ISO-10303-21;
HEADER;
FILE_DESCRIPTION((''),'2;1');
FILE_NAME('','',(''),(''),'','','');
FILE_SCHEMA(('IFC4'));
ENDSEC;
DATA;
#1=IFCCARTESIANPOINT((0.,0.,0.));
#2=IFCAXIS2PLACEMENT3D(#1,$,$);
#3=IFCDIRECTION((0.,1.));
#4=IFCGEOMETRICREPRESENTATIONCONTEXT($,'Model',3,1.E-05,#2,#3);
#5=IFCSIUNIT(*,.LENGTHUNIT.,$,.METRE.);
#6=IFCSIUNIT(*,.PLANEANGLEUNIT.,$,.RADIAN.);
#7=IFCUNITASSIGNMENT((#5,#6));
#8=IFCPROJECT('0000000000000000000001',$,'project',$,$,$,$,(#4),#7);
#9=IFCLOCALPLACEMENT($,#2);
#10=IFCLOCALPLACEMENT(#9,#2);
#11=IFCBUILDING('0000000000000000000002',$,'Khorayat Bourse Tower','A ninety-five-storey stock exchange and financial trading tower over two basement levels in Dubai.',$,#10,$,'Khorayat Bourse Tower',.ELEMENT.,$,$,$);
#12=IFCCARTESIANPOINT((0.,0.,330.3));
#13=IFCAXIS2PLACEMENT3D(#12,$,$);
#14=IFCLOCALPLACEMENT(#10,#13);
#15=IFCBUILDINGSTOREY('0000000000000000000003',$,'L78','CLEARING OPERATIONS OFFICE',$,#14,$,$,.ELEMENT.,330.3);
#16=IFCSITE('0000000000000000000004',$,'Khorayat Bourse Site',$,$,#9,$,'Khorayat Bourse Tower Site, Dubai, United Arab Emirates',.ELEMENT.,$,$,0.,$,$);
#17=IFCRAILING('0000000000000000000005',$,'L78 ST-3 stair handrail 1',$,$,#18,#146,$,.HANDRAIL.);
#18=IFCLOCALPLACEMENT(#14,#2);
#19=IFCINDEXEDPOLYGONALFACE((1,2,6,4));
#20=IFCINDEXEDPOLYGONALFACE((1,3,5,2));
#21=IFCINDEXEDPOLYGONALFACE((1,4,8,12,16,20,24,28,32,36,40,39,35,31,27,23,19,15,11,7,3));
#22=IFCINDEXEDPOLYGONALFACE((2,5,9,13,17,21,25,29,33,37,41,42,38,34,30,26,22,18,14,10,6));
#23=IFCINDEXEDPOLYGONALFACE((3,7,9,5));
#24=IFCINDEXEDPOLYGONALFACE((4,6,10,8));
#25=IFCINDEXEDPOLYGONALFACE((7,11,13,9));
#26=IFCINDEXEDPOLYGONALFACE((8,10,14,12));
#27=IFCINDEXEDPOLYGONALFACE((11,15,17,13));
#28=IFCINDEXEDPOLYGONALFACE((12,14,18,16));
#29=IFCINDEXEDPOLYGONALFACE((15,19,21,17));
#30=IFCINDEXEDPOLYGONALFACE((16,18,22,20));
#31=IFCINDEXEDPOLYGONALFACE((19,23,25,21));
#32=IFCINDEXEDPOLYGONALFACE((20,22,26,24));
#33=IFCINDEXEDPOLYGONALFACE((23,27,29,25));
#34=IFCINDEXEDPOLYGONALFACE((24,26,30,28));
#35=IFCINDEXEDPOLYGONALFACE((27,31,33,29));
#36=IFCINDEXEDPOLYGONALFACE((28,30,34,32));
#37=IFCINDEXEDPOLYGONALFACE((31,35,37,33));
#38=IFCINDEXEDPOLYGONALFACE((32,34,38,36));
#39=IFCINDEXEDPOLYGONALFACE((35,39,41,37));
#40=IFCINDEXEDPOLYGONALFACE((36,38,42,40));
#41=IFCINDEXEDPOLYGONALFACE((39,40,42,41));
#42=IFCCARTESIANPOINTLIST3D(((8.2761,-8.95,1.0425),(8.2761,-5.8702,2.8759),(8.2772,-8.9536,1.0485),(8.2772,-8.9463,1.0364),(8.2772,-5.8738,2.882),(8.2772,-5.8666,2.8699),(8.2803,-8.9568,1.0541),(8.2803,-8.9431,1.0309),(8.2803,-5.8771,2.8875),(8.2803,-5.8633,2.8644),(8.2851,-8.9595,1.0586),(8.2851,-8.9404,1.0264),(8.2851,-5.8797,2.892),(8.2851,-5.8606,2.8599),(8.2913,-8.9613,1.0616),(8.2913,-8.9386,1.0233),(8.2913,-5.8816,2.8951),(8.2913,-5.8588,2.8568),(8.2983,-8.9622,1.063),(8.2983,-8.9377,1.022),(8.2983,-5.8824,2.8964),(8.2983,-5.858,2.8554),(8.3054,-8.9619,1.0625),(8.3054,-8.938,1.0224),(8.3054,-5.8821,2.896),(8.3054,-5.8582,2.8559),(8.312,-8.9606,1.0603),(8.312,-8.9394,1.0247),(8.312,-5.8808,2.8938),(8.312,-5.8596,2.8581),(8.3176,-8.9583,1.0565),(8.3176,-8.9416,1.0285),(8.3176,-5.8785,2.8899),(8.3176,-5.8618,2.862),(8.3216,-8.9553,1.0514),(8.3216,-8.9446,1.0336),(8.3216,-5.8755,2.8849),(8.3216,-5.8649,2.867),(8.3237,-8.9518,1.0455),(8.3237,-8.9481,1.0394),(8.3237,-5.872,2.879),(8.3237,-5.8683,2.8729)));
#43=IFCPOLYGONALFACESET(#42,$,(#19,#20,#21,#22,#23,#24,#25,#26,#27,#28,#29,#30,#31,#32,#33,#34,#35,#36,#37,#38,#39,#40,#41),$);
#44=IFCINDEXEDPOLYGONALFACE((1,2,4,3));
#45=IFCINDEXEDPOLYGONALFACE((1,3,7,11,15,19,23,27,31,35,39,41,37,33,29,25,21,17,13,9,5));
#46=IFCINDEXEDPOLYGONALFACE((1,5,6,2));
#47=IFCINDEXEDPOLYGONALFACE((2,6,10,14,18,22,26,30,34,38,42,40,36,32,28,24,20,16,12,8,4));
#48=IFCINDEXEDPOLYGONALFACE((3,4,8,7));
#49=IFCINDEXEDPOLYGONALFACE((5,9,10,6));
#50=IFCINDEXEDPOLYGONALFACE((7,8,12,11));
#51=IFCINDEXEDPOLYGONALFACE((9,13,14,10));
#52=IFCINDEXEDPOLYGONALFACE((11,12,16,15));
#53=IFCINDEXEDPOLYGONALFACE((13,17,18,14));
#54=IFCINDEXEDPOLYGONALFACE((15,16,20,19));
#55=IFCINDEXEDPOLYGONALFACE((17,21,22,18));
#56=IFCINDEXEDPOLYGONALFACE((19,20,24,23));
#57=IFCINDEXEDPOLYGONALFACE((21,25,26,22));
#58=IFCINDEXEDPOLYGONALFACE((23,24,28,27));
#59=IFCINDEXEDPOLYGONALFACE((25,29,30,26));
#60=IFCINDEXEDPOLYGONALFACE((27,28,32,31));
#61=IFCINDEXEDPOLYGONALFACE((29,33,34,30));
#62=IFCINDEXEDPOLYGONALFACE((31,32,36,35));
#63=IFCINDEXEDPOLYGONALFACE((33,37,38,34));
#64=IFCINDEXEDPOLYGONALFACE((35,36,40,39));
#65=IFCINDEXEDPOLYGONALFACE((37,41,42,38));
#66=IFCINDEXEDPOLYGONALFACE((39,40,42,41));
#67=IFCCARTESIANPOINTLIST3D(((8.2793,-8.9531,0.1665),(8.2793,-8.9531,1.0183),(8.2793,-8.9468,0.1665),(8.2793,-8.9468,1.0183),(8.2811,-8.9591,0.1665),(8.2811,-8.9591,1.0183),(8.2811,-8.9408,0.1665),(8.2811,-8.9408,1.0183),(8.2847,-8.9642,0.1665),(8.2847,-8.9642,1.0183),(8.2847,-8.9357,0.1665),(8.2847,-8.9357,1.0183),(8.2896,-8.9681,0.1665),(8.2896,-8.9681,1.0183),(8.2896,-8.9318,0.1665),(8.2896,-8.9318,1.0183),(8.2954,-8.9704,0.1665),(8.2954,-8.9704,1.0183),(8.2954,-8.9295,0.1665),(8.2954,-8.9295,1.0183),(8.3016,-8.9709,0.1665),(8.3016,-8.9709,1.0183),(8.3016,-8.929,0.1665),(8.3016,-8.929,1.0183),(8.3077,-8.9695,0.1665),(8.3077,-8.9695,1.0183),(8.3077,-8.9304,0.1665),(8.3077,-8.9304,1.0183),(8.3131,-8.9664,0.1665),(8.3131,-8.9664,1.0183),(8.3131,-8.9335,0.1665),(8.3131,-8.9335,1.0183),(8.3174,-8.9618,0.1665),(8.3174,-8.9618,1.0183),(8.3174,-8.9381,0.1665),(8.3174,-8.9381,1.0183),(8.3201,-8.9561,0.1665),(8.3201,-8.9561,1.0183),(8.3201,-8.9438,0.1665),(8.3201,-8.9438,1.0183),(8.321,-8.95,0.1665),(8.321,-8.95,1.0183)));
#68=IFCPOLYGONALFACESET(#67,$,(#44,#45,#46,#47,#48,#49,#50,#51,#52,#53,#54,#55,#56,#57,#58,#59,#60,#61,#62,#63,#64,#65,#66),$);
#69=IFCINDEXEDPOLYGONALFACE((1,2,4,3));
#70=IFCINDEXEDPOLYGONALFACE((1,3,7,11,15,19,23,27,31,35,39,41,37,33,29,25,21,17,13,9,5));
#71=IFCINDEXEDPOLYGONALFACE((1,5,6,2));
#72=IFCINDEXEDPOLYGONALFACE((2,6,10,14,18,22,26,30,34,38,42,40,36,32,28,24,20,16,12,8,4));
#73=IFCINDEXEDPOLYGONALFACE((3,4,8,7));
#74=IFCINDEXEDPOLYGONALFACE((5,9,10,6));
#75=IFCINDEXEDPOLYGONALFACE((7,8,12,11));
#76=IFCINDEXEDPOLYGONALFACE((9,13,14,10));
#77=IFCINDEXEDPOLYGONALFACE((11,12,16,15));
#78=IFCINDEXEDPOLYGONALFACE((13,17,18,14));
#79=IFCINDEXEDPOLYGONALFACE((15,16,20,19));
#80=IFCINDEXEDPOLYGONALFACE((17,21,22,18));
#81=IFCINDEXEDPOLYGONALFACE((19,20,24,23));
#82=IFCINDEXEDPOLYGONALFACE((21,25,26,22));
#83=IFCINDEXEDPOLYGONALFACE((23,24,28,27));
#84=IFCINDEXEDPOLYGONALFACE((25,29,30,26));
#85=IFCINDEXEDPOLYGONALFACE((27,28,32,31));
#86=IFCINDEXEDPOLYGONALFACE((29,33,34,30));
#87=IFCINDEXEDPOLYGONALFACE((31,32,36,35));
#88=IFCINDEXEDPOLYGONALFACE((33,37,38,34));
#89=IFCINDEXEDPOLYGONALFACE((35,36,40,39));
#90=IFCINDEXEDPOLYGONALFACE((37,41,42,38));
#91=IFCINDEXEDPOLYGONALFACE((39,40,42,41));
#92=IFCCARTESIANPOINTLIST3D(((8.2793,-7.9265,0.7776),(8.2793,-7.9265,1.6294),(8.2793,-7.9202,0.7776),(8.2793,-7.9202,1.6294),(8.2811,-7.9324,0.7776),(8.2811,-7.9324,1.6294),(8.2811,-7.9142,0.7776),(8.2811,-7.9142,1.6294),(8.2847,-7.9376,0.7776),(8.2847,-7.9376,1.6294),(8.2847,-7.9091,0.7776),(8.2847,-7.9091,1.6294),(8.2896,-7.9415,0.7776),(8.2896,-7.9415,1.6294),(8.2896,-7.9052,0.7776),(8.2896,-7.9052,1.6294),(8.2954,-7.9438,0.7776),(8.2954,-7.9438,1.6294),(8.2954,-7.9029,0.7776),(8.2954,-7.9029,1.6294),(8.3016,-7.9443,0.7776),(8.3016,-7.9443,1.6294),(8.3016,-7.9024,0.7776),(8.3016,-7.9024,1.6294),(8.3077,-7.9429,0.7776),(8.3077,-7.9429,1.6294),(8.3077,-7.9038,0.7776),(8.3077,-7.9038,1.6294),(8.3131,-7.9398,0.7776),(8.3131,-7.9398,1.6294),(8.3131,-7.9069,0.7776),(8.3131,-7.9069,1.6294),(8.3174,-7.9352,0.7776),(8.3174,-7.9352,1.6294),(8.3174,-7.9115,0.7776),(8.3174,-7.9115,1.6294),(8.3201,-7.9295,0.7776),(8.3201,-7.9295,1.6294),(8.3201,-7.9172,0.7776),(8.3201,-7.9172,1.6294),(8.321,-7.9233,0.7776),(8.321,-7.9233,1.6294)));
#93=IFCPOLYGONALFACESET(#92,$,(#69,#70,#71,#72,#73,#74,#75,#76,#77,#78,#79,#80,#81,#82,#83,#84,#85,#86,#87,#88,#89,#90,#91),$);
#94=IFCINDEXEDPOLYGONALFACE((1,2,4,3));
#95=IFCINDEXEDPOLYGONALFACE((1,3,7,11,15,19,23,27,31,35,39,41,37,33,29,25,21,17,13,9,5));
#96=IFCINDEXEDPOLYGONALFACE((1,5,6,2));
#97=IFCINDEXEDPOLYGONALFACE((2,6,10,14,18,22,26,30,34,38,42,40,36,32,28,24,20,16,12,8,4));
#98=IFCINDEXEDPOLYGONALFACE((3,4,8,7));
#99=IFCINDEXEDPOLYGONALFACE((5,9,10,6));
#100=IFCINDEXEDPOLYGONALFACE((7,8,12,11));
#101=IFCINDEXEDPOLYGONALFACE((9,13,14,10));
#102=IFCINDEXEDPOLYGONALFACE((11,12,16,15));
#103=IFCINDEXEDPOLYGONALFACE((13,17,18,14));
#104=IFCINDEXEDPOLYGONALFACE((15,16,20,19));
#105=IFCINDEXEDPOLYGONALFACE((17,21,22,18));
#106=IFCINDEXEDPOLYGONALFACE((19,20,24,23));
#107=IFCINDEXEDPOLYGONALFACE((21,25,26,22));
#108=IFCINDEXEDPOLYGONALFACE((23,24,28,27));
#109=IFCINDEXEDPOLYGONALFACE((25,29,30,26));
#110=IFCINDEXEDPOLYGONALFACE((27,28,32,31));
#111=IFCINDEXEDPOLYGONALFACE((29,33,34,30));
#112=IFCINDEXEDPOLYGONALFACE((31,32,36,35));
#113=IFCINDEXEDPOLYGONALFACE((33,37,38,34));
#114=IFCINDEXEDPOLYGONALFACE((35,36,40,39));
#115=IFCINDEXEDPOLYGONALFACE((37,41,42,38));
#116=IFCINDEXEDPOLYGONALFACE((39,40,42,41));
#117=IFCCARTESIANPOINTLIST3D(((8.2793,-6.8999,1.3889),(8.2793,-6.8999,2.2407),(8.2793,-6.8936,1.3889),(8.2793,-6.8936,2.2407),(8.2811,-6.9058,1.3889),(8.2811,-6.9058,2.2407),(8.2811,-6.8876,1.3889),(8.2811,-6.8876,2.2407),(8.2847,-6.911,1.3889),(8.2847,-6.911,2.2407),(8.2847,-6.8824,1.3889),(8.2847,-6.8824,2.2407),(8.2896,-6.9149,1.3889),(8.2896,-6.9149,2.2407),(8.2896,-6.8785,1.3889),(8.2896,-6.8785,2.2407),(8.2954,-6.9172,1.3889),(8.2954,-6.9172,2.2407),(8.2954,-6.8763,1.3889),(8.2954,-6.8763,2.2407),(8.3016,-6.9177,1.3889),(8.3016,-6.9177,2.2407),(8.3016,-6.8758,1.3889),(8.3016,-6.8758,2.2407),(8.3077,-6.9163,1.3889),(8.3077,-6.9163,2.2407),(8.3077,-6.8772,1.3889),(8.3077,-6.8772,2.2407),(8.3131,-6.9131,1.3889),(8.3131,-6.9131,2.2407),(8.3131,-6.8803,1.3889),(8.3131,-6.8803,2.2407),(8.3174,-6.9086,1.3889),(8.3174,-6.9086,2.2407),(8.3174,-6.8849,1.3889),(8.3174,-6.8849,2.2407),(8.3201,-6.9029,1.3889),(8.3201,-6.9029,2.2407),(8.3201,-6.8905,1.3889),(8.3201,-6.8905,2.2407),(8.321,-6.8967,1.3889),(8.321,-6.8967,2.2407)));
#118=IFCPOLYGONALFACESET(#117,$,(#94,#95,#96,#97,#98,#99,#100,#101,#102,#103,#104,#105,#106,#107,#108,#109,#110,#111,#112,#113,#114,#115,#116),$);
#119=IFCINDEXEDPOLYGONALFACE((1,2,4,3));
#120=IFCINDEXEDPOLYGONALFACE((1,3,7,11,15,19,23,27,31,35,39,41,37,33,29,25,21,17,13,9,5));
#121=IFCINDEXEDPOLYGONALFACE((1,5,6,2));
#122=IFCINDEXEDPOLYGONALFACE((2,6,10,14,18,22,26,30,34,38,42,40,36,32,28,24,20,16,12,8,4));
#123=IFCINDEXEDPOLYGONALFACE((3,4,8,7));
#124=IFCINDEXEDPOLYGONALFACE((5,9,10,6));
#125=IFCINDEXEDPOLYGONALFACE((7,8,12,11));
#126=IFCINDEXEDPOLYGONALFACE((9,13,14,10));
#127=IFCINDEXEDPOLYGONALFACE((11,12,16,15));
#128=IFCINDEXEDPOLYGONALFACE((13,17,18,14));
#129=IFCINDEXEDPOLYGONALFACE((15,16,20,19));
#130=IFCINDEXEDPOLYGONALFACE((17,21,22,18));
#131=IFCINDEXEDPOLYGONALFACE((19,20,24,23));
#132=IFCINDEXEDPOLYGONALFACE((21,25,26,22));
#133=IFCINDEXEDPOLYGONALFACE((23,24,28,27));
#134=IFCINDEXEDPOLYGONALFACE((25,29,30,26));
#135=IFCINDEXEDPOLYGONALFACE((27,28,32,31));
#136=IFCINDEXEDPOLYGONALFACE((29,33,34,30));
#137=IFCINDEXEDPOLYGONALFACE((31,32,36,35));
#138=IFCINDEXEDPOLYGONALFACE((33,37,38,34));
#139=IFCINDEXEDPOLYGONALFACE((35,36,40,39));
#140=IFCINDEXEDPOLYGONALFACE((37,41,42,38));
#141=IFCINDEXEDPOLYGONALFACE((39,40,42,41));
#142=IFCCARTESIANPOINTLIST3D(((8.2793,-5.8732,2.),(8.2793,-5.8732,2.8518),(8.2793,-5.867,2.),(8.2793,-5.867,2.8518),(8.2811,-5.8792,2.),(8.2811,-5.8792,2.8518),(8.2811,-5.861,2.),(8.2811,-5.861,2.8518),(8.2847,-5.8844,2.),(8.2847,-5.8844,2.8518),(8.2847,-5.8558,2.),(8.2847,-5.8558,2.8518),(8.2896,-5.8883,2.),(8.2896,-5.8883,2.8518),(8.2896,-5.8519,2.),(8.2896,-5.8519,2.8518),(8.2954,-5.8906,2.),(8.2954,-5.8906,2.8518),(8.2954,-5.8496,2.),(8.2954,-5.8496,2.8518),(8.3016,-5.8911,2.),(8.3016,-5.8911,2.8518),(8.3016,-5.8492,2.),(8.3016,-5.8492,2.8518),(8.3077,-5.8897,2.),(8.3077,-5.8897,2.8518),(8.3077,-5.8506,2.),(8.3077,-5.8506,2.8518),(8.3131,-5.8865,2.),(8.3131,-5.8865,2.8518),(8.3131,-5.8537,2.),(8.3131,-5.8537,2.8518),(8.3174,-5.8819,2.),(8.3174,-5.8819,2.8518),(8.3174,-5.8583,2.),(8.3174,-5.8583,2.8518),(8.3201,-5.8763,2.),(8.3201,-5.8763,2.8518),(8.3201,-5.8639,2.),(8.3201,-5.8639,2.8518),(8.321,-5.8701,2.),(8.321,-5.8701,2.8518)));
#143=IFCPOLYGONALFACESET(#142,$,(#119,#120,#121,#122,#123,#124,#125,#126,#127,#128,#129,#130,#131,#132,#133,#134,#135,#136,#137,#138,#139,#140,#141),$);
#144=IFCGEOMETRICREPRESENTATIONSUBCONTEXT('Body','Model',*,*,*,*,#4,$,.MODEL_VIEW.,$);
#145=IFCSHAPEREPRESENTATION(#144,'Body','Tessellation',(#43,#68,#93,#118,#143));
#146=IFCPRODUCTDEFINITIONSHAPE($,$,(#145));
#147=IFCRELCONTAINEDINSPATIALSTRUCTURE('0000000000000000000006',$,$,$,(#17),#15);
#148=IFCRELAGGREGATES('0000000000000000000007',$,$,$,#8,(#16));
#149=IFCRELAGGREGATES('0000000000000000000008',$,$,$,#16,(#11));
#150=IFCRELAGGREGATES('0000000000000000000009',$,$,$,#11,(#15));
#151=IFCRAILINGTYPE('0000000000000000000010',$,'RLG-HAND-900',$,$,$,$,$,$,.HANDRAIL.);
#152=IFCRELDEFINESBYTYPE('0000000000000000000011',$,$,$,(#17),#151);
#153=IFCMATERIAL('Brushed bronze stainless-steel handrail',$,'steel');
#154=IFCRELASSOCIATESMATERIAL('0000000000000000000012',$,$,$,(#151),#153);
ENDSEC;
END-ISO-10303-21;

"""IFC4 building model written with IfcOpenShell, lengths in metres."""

from ifc_helpers import new_model, si_unit, direction, frame, origin, origin_2d, place, context, subcontext, project, spatial, circle, extrude, source, transform, mapped, material, type_object, element, save


model = new_model("IFC4")

# Units and contexts
model_context = context("Model", 3, precision=1e-05, world=origin(), true_north=direction((0.0, 1.0)))
body_context = subcontext(model_context, "Body", "Model", "MODEL_VIEW")
ifc_project = project(units=[si_unit("LENGTHUNIT", "METRE"), si_unit("PLANEANGLEUNIT", "RADIAN")], contexts=[model_context])

# Site, building, storey
site_placement = place(None, origin())
site = spatial("IfcSite", under=ifc_project, at=site_placement, Name="Khorayat Bourse Site", LongName="Khorayat Bourse Tower Site, Dubai, United Arab Emirates", CompositionType="ELEMENT", RefElevation=0.0)
building_placement = place(site_placement, origin())
building = spatial("IfcBuilding", under=site, at=building_placement, Name="Khorayat Bourse Tower", Description="A ninety-five-storey stock exchange and financial trading tower over two basement levels in Dubai.", LongName="Khorayat Bourse Tower", CompositionType="ELEMENT")
storey_placement = place(building_placement, frame((0.0, 0.0, 330.3)))
storey = spatial("IfcBuildingStorey", under=building, at=storey_placement, Name="L78", Description="CLEARING OPERATIONS OFFICE", CompositionType="ELEMENT", Elevation=330.3)

# Railing
ifc_material_1 = material(Name="Brushed bronze stainless-steel handrail", Category="steel")
railing_type_1 = type_object("IfcRailingType", Name="RLG-HAND-900", PredefinedType="HANDRAIL", material=ifc_material_1)
shared_shape_1 = source(origin(), body_context, "Body", "SweptSolid", [
    extrude(circle(Radius=0.0239, at=origin_2d()), frame((0.0, 0.0, 0.876), z_axis=(0.0, 0.859261, 0.511538), x_axis=(-1.0, 0.0, 0.0)), (0.0, 0.0, 1.0), 3.5842),
    extrude(circle(Radius=0.021, at=origin_2d()), origin(), (0.0, 0.0, 1.0), 0.8518),
    extrude(circle(Radius=0.021, at=origin_2d()), frame((0.0, 1.0266, 0.6111)), (0.0, 0.0, 1.0), 0.8518),
    extrude(circle(Radius=0.021, at=origin_2d()), frame((0.0, 2.0532, 1.2224)), (0.0, 0.0, 1.0), 0.8518),
    extrude(circle(Radius=0.021, at=origin_2d()), frame((0.0, 3.0798, 1.8335)), (0.0, 0.0, 1.0), 0.8518),
])
railing_1_placement = place(storey_placement, frame((8.3, -8.95, 0.1665)))
element("IfcRailing", 1, at=railing_1_placement, inside=storey, type_object=railing_type_1, Name="L78 ST-3 stair handrail 1", PredefinedType="HANDRAIL", context=body_context, shape_type="MappedRepresentation", body=[
    mapped(shared_shape_1, transform((0.0, 0.0, 0.0), scale=1.0)),
])

save(model, "model.ifc")
